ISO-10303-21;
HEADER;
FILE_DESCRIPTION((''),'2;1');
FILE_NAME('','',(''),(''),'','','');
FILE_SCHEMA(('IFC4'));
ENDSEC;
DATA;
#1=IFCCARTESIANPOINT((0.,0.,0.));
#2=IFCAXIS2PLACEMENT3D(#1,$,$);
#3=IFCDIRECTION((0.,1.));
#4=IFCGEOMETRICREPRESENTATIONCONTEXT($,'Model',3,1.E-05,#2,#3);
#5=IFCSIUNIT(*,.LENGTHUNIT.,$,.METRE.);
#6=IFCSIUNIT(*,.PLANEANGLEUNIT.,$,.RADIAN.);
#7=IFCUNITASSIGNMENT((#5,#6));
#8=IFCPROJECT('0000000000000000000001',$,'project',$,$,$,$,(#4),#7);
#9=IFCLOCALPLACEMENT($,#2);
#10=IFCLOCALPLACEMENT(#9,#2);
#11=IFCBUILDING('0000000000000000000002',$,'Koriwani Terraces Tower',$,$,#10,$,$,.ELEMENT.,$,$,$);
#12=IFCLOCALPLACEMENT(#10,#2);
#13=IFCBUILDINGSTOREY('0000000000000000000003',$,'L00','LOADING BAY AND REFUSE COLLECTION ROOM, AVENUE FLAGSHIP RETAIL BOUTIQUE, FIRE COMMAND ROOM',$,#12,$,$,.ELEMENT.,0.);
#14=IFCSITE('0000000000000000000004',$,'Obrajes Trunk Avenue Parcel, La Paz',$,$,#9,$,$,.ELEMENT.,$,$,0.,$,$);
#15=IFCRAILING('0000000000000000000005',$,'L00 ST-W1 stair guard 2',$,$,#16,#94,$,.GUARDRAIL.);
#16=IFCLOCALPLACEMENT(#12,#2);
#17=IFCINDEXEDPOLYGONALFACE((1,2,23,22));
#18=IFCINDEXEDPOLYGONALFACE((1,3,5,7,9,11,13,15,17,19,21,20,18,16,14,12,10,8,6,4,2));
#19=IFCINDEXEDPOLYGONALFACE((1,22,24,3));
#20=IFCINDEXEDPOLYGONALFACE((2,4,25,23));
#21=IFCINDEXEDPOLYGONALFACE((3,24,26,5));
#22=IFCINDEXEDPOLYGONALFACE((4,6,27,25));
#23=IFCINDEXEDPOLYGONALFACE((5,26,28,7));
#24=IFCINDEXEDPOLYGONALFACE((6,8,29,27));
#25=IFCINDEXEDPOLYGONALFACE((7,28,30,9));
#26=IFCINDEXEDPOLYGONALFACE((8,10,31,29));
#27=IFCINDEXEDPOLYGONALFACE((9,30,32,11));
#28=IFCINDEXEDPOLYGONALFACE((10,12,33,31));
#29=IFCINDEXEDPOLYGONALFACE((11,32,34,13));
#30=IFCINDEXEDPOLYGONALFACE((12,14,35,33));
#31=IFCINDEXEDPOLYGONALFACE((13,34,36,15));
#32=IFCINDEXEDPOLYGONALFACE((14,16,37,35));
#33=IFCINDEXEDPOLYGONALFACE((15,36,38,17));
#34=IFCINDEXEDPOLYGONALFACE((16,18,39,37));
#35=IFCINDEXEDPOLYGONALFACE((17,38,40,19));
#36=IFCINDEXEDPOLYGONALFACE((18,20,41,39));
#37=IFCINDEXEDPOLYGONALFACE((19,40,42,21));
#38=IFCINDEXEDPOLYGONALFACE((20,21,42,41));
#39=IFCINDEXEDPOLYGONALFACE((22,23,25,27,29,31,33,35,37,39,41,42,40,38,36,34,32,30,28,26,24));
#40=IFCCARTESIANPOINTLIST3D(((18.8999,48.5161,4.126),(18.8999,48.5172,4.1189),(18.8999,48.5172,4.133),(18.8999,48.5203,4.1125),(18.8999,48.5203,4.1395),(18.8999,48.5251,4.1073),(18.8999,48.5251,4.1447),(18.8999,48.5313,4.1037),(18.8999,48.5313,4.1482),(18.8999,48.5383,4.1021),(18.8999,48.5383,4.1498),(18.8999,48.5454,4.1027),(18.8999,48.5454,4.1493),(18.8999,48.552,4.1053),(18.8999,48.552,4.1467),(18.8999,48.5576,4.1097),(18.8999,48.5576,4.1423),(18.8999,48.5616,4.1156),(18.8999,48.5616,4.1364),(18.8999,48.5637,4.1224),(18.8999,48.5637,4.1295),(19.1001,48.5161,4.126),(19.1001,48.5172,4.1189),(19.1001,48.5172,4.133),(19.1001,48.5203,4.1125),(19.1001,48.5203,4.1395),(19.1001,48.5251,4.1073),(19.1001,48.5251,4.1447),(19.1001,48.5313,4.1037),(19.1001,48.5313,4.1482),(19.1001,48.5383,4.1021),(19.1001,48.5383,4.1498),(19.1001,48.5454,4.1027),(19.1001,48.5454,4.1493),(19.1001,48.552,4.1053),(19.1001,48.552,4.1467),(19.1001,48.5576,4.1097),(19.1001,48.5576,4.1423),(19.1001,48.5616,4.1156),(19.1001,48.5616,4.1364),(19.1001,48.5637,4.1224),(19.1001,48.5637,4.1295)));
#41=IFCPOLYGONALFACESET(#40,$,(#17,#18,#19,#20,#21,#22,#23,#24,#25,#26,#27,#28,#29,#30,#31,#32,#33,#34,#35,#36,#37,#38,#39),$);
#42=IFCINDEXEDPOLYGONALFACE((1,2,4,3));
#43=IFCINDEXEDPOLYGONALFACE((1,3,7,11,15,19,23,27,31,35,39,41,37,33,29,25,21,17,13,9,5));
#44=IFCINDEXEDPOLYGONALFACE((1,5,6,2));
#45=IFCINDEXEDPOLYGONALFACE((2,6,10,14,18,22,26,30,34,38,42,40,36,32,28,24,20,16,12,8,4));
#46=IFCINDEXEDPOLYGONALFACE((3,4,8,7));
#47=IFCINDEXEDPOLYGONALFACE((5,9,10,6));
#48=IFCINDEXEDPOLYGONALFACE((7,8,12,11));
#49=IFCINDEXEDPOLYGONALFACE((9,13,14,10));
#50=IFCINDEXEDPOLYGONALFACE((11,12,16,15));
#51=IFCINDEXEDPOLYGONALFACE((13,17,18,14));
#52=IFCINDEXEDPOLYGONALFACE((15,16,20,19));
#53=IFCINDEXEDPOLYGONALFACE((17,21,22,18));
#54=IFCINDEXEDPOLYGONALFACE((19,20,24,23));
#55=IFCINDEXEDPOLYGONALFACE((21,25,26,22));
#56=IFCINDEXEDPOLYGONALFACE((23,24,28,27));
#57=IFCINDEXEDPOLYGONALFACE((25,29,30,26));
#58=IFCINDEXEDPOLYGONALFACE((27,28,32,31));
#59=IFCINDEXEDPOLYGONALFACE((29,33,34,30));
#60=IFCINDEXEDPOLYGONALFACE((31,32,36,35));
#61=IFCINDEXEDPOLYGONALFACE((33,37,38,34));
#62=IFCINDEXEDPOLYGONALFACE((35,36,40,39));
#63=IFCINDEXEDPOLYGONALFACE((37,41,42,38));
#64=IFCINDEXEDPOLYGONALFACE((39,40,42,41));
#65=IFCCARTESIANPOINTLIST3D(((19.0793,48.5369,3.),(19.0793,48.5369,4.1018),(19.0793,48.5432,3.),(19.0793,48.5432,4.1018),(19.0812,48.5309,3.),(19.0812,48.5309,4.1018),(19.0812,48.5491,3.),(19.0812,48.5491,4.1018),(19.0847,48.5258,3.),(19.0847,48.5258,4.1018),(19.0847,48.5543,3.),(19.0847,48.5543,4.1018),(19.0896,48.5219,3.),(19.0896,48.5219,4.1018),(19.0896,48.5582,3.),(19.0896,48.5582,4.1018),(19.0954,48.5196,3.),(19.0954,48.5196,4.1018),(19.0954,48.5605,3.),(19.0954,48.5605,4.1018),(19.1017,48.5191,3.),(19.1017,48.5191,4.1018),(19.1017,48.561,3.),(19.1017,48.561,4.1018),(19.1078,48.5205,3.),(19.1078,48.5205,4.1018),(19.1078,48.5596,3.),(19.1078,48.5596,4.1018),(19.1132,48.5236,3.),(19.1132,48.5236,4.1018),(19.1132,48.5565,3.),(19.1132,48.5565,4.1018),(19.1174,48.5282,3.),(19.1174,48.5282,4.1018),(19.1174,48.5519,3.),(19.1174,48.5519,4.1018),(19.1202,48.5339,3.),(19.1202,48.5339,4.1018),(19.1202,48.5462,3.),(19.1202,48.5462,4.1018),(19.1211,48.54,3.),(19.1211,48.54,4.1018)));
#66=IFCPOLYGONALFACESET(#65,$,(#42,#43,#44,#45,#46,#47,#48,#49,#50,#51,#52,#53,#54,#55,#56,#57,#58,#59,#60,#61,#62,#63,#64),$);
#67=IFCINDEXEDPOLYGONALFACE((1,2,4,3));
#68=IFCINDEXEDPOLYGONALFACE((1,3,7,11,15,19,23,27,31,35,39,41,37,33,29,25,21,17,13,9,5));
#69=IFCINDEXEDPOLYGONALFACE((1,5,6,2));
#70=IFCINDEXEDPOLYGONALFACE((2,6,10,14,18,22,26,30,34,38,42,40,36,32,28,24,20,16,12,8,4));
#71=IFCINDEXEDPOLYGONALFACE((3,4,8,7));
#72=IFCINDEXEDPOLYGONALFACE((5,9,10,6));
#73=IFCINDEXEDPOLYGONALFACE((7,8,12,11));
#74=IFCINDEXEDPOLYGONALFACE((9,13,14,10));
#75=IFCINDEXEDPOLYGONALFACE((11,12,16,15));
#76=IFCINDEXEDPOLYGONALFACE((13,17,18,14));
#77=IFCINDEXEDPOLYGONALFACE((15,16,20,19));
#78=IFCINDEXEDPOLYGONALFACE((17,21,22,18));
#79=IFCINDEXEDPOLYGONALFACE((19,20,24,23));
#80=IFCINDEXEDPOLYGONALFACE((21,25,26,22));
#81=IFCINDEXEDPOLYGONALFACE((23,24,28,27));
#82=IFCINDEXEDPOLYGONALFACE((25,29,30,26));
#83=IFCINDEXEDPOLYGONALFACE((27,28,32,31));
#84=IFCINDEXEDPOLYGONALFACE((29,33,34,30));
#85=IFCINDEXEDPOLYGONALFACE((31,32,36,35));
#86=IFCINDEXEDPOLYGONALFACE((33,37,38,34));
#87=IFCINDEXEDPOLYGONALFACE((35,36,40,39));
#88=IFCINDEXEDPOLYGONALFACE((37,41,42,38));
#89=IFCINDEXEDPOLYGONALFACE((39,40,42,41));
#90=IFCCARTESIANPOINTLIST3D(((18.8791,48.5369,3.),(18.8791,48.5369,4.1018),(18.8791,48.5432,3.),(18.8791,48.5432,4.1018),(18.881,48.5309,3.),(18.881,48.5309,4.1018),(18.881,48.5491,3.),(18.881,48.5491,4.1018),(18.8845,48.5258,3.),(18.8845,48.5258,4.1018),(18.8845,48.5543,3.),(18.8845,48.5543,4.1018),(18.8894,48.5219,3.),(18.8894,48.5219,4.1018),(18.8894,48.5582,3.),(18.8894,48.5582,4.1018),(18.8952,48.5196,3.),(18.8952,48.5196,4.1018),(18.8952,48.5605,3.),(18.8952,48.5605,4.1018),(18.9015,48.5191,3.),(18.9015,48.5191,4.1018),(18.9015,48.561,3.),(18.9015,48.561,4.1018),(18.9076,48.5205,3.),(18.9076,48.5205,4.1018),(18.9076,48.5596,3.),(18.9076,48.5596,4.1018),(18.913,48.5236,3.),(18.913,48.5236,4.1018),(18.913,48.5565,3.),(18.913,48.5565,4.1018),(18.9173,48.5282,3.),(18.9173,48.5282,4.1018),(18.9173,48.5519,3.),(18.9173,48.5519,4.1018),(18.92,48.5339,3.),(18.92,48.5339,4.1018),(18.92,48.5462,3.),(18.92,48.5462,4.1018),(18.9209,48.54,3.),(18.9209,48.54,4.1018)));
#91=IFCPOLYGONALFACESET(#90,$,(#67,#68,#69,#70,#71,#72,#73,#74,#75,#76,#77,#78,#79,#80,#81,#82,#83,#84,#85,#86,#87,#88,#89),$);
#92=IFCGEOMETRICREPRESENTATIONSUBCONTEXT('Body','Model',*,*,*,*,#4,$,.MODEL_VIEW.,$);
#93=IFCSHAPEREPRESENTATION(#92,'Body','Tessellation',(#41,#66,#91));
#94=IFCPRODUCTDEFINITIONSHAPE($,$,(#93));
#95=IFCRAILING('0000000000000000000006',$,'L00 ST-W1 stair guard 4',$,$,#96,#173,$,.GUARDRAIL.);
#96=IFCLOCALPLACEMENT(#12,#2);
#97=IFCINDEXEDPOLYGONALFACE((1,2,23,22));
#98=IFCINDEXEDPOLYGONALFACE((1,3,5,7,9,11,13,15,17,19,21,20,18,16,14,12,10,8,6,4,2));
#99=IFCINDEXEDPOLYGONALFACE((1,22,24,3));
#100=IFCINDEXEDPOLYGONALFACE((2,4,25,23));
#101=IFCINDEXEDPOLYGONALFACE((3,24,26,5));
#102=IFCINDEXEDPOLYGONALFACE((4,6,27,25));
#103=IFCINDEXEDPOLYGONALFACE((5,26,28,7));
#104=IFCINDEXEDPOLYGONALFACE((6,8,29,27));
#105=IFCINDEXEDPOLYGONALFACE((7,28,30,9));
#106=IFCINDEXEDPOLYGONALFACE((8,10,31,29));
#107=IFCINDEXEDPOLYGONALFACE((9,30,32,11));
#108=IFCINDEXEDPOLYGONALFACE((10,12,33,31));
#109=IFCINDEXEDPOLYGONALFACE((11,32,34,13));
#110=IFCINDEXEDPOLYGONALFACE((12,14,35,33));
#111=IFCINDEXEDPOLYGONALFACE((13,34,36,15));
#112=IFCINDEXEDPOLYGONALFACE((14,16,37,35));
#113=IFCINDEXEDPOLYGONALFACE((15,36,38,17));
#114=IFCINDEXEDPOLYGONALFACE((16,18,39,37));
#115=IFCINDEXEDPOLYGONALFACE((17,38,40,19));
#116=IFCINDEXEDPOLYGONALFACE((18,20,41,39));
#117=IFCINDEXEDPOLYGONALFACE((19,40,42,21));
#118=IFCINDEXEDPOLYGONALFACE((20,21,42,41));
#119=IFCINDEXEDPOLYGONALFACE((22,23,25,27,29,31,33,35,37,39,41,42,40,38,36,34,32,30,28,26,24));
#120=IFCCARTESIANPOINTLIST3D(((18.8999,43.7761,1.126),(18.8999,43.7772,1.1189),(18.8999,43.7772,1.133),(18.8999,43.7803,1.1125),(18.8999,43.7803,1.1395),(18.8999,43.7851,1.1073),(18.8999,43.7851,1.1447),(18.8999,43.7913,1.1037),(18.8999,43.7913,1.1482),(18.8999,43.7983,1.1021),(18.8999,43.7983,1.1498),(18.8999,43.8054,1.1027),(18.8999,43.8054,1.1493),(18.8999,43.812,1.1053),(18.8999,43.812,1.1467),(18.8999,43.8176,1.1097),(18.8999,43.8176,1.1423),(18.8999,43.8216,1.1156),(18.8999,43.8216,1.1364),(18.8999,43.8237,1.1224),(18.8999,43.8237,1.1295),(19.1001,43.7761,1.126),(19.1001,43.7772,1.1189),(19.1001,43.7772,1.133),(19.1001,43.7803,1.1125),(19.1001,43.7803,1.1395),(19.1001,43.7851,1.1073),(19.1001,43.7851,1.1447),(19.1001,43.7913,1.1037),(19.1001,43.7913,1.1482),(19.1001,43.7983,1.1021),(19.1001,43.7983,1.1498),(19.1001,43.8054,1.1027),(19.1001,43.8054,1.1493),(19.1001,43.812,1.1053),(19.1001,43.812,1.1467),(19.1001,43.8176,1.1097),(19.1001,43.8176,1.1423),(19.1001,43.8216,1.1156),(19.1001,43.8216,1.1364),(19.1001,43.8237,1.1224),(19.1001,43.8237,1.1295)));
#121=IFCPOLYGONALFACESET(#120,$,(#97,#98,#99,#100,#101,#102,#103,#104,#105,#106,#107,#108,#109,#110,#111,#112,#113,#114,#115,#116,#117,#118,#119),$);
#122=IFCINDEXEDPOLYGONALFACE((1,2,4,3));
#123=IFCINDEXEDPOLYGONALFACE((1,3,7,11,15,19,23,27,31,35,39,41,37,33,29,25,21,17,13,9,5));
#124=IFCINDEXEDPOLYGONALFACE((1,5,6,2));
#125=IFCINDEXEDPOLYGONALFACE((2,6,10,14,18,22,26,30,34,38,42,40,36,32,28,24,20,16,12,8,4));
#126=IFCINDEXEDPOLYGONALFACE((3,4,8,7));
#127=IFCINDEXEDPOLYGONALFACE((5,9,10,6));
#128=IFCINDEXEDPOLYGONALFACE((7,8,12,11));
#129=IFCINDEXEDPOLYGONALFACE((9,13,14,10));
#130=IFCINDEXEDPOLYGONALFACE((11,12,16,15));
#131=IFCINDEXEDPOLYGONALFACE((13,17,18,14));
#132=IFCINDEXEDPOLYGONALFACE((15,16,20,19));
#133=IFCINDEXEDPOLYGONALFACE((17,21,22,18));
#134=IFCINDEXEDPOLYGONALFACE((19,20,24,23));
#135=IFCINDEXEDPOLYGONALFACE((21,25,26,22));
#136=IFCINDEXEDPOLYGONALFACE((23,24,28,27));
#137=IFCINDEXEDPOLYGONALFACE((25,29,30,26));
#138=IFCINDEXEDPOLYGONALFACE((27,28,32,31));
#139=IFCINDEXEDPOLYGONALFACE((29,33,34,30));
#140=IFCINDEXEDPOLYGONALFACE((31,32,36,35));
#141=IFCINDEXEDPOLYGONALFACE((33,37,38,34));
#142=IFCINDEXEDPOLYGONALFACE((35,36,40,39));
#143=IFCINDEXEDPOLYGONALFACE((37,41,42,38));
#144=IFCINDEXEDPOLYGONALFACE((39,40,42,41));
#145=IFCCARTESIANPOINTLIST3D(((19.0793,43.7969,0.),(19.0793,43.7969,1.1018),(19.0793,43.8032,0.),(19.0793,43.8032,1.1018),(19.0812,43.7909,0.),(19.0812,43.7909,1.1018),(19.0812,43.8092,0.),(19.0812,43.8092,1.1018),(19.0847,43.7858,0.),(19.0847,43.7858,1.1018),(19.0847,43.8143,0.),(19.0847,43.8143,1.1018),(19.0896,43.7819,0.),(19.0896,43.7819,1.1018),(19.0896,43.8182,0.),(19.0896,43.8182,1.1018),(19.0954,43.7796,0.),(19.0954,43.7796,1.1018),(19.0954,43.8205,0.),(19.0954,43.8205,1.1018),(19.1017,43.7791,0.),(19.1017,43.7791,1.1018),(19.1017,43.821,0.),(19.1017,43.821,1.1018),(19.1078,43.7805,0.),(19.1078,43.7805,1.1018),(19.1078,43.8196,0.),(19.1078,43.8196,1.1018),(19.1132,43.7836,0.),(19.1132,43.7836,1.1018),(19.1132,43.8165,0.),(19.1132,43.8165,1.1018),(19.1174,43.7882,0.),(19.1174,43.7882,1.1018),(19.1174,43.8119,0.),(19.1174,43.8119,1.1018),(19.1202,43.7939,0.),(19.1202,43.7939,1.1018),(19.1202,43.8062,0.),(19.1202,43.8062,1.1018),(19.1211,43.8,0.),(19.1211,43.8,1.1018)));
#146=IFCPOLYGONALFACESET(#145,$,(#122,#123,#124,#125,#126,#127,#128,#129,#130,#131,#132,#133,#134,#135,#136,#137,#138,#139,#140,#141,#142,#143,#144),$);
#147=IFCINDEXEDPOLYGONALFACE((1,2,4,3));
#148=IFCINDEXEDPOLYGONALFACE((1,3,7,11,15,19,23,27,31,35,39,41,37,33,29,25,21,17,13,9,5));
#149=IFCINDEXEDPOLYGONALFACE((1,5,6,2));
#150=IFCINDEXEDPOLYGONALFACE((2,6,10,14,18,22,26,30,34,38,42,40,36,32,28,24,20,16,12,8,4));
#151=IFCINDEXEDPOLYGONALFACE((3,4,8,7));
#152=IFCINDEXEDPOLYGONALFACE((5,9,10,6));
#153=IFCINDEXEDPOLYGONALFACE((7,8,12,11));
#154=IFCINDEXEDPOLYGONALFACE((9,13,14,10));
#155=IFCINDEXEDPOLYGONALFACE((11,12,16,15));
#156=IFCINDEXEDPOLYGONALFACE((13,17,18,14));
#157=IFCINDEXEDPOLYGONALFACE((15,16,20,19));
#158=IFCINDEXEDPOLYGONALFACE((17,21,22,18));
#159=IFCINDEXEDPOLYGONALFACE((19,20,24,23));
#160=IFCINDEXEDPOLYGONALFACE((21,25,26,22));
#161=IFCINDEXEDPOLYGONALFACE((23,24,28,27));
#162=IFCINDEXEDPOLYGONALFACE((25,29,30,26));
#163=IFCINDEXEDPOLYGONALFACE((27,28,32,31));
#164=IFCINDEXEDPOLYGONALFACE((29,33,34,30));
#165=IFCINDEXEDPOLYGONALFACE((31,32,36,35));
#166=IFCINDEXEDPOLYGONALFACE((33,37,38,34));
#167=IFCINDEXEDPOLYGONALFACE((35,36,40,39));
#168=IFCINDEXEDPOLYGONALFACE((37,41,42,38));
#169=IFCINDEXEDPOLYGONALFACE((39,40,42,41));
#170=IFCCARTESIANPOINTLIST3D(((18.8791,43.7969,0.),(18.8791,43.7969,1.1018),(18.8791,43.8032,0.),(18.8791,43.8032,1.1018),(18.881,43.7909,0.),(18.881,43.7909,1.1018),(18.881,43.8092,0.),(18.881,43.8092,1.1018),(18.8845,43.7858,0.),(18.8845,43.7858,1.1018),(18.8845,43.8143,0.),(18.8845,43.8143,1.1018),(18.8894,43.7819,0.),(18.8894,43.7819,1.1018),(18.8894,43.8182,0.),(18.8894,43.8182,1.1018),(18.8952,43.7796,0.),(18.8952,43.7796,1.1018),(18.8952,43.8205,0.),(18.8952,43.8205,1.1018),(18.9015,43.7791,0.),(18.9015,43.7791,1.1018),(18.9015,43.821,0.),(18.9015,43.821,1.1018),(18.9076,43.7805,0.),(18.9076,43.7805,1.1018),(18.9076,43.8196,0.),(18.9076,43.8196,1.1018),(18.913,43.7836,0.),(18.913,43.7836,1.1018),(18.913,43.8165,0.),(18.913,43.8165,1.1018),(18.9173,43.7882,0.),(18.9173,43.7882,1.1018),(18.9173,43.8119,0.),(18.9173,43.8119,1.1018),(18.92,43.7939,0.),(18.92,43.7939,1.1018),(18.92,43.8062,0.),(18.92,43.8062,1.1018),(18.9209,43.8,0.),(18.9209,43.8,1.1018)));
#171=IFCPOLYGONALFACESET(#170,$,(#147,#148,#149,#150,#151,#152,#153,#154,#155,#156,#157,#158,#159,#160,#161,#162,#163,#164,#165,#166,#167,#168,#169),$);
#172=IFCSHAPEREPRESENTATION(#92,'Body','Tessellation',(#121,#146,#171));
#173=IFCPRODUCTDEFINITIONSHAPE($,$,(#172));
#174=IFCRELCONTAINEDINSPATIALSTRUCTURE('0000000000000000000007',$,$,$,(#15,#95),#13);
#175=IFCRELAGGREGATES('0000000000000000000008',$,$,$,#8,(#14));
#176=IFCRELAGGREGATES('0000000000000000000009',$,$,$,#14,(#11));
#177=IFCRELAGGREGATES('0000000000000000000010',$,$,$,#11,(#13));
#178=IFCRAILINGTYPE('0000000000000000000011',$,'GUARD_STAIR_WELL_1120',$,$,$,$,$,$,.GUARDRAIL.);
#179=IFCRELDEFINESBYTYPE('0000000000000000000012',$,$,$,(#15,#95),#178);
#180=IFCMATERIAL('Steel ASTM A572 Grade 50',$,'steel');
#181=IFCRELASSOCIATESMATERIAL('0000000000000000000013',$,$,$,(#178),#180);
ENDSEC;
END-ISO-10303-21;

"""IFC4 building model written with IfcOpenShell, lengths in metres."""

from ifc_helpers import new_model, si_unit, direction, frame, origin, origin_2d, place, context, subcontext, project, spatial, circle, extrude, material, type_object, element, save


model = new_model("IFC4")

# Units and contexts
model_context = context("Model", 3, precision=1e-05, world=origin(), true_north=direction((0.0, 1.0)))
body_context = subcontext(model_context, "Body", "Model", "MODEL_VIEW")
ifc_project = project(units=[si_unit("LENGTHUNIT", "METRE"), si_unit("PLANEANGLEUNIT", "RADIAN")], contexts=[model_context])

# Site, building, storey
site_placement = place(None, origin())
site = spatial("IfcSite", under=ifc_project, at=site_placement, Name="Obrajes Trunk Avenue Parcel, La Paz", CompositionType="ELEMENT", RefElevation=0.0)
building_placement = place(site_placement, origin())
building = spatial("IfcBuilding", under=site, at=building_placement, Name="Koriwani Terraces Tower", CompositionType="ELEMENT")
storey_placement = place(building_placement, origin())
storey = spatial("IfcBuildingStorey", under=building, at=storey_placement, Name="L00", Description="LOADING BAY AND REFUSE COLLECTION ROOM, AVENUE FLAGSHIP RETAIL BOUTIQUE, FIRE COMMAND ROOM", CompositionType="ELEMENT", Elevation=0.0)

# Shared definitions
ifc_material_1 = material(Name="Steel ASTM A572 Grade 50", Category="steel")

# Railings
railing_type_1 = type_object("IfcRailingType", Name="GUARD_STAIR_WELL_1120", PredefinedType="GUARDRAIL", material=ifc_material_1)
for number, where, name in (
    (1, (19.1001, 48.54, 3.0), "L00 ST-W1 stair guard 2"),
    (2, (19.1001, 43.8, 0.0), "L00 ST-W1 stair guard 4"),
):
    element("IfcRailing", number, at=place(storey_placement, frame(where)), inside=storey, type_object=railing_type_1, Name=name, PredefinedType="GUARDRAIL", context=body_context, shape_type="SweptSolid", body=[
        extrude(circle(Radius=0.0239, at=origin_2d()), frame((0.0, 0.0, 1.126), z_axis=(-1.0, 0.0, 0.0), x_axis=(0.0, -1.0, 0.0)), (0.0, 0.0, 1.0), 0.2002),
        extrude(circle(Radius=0.021, at=origin_2d()), origin(), (0.0, 0.0, 1.0), 1.1018),
        extrude(circle(Radius=0.021, at=origin_2d()), frame((-0.2002, 0.0, 0.0)), (0.0, 0.0, 1.0), 1.1018),
    ])

save(model, "model.ifc")
